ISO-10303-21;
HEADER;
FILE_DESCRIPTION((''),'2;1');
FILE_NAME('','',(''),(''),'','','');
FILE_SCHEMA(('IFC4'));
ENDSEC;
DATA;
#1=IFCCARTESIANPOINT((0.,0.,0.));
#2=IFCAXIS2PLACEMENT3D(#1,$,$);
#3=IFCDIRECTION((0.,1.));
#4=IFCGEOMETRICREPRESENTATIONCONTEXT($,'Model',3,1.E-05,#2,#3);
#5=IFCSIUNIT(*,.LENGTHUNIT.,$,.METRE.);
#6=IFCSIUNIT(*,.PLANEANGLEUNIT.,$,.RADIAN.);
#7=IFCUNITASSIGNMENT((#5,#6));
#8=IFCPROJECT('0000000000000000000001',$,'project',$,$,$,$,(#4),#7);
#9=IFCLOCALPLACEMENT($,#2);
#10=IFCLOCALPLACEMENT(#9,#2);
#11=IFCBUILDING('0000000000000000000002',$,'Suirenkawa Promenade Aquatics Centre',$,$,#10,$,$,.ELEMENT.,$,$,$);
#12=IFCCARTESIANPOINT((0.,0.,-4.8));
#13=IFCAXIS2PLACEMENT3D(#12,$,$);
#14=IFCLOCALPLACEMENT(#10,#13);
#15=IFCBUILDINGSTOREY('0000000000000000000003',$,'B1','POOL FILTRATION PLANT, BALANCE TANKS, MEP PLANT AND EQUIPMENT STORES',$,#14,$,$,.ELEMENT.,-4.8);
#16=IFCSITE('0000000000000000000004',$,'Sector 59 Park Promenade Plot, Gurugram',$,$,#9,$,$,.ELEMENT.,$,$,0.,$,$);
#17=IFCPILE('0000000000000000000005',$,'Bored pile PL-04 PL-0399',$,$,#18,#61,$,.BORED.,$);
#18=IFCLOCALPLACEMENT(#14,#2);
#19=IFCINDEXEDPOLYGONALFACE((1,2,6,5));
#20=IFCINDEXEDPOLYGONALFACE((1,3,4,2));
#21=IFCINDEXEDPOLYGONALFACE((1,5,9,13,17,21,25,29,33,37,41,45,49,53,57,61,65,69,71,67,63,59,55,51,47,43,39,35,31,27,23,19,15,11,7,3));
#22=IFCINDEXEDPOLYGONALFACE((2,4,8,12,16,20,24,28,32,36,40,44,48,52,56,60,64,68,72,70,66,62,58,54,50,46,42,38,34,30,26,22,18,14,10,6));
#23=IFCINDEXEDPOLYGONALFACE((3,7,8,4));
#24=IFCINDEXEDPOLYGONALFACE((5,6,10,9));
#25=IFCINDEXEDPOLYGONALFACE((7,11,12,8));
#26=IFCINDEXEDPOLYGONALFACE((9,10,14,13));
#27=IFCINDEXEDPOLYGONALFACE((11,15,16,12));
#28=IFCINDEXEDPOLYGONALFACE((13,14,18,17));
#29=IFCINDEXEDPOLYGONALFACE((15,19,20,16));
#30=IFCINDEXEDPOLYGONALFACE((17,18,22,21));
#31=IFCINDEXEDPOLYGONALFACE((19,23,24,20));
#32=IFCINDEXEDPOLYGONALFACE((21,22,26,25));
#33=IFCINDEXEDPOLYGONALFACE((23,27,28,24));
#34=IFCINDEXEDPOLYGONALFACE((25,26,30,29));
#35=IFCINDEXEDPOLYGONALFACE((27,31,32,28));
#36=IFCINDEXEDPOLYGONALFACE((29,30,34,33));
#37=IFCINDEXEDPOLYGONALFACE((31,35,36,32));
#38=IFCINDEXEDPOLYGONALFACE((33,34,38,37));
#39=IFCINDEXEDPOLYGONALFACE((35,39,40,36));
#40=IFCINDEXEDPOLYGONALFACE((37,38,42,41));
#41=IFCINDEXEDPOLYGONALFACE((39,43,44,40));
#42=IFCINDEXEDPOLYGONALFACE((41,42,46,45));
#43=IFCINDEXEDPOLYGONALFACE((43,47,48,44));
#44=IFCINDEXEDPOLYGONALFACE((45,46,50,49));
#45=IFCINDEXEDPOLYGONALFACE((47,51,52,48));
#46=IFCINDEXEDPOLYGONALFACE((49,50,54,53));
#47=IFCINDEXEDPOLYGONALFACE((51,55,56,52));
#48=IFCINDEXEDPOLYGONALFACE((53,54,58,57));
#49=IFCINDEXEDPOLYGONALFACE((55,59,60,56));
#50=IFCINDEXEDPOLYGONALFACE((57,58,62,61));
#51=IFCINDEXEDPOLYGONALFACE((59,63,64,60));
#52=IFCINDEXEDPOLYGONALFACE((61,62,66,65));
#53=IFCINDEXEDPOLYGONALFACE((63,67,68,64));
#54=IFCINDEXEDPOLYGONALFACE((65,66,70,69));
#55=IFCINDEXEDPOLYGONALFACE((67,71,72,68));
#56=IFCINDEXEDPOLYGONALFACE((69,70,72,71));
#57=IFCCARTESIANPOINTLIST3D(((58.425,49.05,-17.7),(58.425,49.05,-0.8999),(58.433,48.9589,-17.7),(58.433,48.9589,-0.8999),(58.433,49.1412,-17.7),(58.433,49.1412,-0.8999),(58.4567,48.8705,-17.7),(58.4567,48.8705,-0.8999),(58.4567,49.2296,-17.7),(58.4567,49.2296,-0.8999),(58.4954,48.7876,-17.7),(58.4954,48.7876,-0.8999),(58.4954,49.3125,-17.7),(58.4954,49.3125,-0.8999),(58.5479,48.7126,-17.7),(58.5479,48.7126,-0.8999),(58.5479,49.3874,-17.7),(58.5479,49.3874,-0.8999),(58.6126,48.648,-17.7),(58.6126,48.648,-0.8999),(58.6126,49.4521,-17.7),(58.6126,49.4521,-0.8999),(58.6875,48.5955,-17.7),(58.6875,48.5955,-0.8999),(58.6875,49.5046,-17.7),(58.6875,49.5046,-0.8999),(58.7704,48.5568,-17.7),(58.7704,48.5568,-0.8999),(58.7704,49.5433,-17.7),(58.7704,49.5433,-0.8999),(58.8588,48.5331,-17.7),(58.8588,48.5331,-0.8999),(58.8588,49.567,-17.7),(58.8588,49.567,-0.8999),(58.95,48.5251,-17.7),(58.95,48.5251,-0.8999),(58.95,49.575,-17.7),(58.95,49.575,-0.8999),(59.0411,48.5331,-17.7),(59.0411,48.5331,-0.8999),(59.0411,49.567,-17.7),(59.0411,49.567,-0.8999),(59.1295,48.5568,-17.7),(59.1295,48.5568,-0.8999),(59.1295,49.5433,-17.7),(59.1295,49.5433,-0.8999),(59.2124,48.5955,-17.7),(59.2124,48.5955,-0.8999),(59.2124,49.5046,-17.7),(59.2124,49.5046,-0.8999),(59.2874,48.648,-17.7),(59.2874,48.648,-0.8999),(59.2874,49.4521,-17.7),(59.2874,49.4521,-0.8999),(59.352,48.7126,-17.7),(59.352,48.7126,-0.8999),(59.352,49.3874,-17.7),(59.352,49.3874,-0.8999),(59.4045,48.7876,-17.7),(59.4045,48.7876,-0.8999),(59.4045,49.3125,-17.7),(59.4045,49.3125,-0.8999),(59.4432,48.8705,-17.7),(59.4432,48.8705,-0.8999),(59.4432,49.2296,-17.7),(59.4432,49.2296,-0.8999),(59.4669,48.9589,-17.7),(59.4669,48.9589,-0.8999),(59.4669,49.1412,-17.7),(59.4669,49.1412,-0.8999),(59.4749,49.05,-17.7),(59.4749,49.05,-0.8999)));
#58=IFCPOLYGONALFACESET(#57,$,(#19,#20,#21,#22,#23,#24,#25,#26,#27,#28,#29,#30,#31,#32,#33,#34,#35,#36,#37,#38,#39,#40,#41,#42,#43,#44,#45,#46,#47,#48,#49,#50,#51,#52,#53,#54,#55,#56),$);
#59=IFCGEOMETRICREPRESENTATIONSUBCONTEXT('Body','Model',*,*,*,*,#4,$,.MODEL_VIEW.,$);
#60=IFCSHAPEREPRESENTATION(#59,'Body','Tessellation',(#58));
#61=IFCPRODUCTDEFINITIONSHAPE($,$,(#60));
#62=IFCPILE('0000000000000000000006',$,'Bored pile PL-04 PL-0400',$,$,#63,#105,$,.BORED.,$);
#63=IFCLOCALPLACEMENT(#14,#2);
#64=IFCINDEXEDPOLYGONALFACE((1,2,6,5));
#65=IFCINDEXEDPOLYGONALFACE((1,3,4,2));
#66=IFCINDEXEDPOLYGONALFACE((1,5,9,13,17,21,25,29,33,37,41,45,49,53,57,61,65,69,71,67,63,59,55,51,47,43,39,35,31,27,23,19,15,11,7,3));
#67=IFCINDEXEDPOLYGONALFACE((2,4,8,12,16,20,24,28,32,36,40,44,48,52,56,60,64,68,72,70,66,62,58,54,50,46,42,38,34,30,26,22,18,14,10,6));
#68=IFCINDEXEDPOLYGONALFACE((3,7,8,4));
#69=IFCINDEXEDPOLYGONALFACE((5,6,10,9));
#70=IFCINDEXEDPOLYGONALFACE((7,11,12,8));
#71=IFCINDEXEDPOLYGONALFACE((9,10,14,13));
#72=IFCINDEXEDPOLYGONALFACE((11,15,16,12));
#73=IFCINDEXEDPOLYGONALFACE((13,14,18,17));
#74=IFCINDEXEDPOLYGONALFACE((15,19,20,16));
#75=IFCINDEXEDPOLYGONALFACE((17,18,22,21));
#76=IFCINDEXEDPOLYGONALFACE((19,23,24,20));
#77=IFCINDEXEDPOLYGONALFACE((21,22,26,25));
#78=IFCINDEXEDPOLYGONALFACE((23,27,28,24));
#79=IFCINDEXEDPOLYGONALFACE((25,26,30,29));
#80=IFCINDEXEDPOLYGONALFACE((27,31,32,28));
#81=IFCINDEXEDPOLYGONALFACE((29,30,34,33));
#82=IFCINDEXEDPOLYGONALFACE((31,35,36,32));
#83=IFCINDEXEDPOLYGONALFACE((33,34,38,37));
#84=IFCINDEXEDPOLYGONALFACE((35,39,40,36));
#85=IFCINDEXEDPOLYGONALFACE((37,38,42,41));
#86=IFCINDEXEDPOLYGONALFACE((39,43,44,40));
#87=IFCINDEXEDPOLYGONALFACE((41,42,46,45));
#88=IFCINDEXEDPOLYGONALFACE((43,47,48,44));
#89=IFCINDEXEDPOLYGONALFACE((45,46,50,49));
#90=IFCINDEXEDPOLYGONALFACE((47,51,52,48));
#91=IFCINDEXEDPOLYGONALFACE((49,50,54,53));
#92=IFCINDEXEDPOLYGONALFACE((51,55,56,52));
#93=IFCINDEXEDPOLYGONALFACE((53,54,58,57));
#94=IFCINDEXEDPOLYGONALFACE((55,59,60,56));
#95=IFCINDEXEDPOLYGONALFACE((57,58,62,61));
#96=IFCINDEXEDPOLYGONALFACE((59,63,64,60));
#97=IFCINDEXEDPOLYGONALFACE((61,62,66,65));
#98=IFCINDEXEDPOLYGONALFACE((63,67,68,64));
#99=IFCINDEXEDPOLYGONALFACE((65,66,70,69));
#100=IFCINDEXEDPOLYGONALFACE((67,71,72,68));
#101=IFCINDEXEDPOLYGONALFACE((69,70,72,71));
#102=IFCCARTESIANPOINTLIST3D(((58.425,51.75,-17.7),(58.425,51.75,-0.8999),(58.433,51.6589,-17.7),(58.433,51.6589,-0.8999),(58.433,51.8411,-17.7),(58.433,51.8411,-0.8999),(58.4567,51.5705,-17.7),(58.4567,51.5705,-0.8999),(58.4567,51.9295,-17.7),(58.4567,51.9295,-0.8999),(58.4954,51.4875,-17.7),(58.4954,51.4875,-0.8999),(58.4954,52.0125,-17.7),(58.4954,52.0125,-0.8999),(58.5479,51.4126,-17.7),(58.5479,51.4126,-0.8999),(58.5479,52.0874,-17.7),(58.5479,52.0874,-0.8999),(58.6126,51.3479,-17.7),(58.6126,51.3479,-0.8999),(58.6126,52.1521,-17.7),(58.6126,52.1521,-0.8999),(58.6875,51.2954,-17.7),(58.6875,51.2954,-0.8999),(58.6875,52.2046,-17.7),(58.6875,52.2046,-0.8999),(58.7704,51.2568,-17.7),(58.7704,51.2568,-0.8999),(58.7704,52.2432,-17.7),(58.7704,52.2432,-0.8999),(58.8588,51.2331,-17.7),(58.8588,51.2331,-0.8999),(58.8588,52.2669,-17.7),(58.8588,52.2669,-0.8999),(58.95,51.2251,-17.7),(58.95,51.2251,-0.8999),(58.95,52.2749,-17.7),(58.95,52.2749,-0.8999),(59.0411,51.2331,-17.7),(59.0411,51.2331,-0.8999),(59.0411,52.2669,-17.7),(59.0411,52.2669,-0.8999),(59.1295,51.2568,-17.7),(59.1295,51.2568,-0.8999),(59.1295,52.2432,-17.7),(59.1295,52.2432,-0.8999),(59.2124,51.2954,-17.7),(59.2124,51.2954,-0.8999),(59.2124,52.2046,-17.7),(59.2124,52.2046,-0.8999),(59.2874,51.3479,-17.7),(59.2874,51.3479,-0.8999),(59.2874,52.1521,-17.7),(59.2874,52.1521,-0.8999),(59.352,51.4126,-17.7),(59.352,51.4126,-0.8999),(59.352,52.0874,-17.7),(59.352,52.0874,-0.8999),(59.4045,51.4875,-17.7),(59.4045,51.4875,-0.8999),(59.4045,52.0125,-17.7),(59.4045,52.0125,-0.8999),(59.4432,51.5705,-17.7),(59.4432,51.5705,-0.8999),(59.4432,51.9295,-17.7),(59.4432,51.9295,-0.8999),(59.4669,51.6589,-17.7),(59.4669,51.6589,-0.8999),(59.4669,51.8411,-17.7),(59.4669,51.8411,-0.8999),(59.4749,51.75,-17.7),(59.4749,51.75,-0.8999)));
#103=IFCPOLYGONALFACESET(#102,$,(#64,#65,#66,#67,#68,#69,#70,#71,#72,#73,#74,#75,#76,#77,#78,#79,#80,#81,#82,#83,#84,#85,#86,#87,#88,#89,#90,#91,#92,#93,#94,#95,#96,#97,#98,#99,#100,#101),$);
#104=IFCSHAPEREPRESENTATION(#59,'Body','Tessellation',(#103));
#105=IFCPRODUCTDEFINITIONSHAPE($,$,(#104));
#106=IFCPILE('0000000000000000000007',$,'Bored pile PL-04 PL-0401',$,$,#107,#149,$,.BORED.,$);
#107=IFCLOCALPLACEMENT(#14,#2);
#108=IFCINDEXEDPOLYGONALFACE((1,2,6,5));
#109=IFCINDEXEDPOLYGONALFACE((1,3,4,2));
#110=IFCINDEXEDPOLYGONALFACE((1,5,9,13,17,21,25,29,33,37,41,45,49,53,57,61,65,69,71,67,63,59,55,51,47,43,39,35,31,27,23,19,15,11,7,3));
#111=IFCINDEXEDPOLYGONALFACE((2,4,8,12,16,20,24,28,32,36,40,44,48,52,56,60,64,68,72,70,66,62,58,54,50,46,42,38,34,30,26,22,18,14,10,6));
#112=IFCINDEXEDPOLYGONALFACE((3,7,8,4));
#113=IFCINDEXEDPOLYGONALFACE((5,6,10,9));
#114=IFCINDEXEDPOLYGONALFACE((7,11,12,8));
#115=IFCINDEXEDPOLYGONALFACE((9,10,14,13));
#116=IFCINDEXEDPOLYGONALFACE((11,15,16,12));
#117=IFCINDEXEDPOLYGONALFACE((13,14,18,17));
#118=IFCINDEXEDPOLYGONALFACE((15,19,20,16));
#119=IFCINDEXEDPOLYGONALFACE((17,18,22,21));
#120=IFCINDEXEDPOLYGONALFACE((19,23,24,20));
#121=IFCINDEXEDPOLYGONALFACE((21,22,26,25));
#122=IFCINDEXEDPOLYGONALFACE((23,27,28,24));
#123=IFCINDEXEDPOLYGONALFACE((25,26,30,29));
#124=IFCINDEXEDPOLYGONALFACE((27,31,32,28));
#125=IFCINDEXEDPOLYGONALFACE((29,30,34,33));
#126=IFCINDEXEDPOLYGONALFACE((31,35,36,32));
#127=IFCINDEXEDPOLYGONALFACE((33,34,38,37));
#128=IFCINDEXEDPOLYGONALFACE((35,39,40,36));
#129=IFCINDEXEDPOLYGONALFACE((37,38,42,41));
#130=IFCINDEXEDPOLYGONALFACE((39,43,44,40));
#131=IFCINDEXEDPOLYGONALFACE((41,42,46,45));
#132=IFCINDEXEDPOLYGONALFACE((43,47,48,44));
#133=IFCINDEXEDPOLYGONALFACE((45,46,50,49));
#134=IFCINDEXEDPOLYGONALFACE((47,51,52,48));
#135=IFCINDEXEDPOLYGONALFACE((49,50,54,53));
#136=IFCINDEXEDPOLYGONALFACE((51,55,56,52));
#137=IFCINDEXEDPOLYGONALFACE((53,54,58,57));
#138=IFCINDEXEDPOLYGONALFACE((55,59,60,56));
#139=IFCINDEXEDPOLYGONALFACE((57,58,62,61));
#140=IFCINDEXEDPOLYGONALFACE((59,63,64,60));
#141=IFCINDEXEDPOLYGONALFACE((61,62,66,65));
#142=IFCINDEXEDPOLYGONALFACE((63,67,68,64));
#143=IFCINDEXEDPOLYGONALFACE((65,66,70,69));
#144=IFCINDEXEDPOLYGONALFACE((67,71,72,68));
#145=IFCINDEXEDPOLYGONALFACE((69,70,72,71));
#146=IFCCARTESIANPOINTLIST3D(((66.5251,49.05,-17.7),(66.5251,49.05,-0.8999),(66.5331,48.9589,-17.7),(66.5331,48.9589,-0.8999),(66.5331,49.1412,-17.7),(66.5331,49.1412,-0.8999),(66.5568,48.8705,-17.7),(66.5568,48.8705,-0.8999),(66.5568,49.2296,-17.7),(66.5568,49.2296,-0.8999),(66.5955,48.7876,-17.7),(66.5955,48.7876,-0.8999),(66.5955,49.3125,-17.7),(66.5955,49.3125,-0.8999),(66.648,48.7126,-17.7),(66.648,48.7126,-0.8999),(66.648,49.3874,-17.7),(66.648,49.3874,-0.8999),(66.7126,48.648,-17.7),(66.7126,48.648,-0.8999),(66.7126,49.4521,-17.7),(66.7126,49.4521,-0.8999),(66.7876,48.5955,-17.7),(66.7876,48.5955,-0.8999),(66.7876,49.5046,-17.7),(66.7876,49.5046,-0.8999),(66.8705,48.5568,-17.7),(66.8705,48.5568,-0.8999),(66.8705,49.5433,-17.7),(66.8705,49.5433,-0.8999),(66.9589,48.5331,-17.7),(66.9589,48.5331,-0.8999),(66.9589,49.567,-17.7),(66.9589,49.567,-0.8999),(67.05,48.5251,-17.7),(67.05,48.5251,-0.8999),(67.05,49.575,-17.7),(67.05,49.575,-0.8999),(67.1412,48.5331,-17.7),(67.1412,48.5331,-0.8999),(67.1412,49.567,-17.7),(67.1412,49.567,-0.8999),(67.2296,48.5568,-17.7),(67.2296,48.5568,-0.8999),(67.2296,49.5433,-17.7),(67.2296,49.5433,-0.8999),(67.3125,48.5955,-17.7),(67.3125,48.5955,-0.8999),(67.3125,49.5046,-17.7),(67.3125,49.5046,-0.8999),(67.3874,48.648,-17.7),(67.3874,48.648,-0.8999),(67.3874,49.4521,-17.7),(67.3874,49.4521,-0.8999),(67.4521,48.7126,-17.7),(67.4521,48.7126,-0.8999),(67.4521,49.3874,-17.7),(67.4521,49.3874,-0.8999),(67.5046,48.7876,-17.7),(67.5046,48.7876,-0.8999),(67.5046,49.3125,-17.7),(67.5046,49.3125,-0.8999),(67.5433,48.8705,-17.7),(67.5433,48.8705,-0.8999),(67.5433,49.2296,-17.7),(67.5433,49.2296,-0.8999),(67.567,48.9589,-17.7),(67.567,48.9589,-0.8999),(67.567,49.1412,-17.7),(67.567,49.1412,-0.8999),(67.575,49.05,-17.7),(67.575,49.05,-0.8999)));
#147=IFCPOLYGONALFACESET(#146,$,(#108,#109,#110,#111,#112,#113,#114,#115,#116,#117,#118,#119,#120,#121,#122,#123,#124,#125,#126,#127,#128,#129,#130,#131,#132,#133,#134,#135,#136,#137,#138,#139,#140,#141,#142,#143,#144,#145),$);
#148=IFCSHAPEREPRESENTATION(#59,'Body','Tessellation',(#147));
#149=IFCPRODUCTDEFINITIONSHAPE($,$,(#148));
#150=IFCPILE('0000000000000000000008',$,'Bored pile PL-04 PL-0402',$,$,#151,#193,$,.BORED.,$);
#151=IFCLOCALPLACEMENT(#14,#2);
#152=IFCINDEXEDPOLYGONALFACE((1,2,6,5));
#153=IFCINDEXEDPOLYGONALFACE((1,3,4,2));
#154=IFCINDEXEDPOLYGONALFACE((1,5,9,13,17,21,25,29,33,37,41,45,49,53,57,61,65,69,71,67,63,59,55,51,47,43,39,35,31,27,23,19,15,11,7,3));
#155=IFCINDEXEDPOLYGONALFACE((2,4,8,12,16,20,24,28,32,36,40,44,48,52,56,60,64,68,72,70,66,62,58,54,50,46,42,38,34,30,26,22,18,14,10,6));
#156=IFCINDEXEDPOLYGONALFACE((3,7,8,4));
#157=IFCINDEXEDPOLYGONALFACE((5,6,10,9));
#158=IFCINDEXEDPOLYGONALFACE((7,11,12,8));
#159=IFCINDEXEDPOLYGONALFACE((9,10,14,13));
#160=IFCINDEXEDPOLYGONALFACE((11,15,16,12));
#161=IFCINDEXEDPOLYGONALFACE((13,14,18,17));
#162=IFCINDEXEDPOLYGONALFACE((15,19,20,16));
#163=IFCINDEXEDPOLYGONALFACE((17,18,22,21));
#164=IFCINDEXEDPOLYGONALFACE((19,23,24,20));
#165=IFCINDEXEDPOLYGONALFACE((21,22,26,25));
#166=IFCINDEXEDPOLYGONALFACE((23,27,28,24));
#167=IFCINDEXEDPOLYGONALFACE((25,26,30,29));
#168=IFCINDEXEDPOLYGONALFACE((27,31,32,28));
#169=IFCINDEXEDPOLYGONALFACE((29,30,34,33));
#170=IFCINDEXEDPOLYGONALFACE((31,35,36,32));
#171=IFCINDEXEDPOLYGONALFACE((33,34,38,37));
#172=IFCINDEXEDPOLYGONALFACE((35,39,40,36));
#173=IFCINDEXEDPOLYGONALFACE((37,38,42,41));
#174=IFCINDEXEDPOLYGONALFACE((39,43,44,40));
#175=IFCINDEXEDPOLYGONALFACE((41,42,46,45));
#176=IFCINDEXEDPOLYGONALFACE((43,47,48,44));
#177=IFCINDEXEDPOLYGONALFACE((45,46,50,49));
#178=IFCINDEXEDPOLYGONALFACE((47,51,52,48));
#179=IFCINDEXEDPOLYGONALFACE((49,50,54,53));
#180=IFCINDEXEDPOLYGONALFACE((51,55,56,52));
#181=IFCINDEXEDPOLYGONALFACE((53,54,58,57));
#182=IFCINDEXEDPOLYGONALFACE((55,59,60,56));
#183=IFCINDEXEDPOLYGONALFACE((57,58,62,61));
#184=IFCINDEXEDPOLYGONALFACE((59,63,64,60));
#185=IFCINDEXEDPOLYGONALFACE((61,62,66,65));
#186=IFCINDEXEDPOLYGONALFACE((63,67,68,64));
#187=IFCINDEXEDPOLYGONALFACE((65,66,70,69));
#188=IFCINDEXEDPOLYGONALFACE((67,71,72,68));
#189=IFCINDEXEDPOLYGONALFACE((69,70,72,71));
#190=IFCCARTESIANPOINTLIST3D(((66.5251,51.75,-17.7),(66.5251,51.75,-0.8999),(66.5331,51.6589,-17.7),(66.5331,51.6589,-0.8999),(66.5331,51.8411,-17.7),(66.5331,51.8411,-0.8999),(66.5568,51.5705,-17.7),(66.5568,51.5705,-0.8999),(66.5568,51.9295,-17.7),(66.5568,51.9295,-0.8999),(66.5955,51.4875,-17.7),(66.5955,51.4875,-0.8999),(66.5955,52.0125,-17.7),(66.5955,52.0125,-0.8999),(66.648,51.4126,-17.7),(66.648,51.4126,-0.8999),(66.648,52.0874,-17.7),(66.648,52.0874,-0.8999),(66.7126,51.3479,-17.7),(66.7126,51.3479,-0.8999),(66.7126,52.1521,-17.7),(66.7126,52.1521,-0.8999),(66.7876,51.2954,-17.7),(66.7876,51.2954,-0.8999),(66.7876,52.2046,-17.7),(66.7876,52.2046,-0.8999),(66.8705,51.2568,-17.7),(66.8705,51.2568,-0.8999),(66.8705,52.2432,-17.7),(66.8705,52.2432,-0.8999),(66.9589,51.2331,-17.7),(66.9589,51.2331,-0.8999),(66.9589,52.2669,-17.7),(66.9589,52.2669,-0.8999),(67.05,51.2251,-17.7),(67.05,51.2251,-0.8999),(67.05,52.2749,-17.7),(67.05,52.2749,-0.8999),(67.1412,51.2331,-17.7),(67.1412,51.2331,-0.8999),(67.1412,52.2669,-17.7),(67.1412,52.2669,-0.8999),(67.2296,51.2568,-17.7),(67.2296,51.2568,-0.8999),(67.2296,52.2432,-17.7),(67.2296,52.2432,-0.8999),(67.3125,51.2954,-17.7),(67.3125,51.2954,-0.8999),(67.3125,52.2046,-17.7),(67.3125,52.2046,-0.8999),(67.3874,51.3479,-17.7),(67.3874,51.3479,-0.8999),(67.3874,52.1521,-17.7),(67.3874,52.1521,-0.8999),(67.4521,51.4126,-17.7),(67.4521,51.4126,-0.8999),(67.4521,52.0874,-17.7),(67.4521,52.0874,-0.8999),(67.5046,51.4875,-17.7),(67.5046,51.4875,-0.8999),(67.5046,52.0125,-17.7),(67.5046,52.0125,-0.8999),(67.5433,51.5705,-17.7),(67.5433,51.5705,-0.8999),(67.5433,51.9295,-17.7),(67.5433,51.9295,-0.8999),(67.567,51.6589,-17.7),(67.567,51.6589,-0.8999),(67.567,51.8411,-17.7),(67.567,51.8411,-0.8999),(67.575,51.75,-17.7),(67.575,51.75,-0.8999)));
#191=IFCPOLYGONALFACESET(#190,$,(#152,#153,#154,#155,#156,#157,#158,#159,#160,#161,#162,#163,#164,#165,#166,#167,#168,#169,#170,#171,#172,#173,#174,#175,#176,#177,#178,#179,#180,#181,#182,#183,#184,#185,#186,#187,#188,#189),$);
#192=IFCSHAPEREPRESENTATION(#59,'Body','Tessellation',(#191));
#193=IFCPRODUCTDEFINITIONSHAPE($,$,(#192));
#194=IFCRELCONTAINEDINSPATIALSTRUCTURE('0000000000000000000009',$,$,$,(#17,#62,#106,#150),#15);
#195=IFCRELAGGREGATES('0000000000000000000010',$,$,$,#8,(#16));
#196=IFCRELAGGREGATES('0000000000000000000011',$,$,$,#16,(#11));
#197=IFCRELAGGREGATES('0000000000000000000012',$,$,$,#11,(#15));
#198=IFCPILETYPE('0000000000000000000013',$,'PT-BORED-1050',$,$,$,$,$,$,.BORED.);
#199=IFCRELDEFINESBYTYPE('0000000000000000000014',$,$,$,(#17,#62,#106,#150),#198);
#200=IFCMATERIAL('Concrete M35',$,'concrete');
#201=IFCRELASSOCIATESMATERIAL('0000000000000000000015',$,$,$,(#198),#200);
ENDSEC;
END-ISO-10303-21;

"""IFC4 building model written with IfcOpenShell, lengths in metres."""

from ifc_helpers import new_model, si_unit, direction, frame, origin, origin_2d, place, context, subcontext, project, spatial, circle, extrude, material, material_profile, profile_set, type_object, element, save


model = new_model("IFC4")

# Units and contexts
model_context = context("Model", 3, precision=1e-05, world=origin(), true_north=direction((0.0, 1.0)))
body_context = subcontext(model_context, "Body", "Model", "MODEL_VIEW")
ifc_project = project(units=[si_unit("LENGTHUNIT", "METRE"), si_unit("PLANEANGLEUNIT", "RADIAN")], contexts=[model_context])

# Site, building, storey
site_placement = place(None, origin())
site = spatial("IfcSite", under=ifc_project, at=site_placement, Name="Sector 59 Park Promenade Plot, Gurugram", CompositionType="ELEMENT", RefElevation=0.0)
building_placement = place(site_placement, origin())
building = spatial("IfcBuilding", under=site, at=building_placement, Name="Suirenkawa Promenade Aquatics Centre", CompositionType="ELEMENT")
storey_placement = place(building_placement, frame((0.0, 0.0, -4.8)))
storey = spatial("IfcBuildingStorey", under=building, at=storey_placement, Name="B1", Description="POOL FILTRATION PLANT, BALANCE TANKS, MEP PLANT AND EQUIPMENT STORES", CompositionType="ELEMENT", Elevation=-4.8)

# Shared definitions
ifc_material_1 = material(Name="Concrete M35", Category="concrete")

# Piles
ifc_material_profile_1 = material_profile(ifc_material_1, circle(Radius=0.5249, at=origin_2d()), Name="PILE D1050", Category="concrete")
ifc_profile_set_1 = profile_set([ifc_material_profile_1], Name="Concrete M35")
pile_type_1 = type_object("IfcPileType", Name="PT-BORED-1050", PredefinedType="BORED", material=ifc_profile_set_1)
for number, where, z_axis, x_axis, name in (
    (1, (58.95, 49.05, -0.8999), (0.0, 0.0, -1.0), (1.0, 0.0, 0.0), "Bored pile PL-04 PL-0399"),
    (2, (58.95, 51.75, -0.8999), (0.0, 0.0, -1.0), (1.0, 0.0, 0.0), "Bored pile PL-04 PL-0400"),
    (3, (67.05, 49.05, -0.8999), (0.0, 0.0, -1.0), (1.0, 0.0, 0.0), "Bored pile PL-04 PL-0401"),
    (4, (67.05, 51.75, -0.8999), (0.0, 0.0, -1.0), (1.0, 0.0, 0.0), "Bored pile PL-04 PL-0402"),
):
    element("IfcPile", number, at=place(storey_placement, frame(where, z_axis=z_axis, x_axis=x_axis)), inside=storey, type_object=pile_type_1, Name=name, PredefinedType="BORED", context=body_context, shape_type="SweptSolid", body=[
        extrude(circle(Radius=0.5249, at=origin_2d()), origin(), (0.0, 0.0, 1.0), 16.8),
    ])

save(model, "model.ifc")
